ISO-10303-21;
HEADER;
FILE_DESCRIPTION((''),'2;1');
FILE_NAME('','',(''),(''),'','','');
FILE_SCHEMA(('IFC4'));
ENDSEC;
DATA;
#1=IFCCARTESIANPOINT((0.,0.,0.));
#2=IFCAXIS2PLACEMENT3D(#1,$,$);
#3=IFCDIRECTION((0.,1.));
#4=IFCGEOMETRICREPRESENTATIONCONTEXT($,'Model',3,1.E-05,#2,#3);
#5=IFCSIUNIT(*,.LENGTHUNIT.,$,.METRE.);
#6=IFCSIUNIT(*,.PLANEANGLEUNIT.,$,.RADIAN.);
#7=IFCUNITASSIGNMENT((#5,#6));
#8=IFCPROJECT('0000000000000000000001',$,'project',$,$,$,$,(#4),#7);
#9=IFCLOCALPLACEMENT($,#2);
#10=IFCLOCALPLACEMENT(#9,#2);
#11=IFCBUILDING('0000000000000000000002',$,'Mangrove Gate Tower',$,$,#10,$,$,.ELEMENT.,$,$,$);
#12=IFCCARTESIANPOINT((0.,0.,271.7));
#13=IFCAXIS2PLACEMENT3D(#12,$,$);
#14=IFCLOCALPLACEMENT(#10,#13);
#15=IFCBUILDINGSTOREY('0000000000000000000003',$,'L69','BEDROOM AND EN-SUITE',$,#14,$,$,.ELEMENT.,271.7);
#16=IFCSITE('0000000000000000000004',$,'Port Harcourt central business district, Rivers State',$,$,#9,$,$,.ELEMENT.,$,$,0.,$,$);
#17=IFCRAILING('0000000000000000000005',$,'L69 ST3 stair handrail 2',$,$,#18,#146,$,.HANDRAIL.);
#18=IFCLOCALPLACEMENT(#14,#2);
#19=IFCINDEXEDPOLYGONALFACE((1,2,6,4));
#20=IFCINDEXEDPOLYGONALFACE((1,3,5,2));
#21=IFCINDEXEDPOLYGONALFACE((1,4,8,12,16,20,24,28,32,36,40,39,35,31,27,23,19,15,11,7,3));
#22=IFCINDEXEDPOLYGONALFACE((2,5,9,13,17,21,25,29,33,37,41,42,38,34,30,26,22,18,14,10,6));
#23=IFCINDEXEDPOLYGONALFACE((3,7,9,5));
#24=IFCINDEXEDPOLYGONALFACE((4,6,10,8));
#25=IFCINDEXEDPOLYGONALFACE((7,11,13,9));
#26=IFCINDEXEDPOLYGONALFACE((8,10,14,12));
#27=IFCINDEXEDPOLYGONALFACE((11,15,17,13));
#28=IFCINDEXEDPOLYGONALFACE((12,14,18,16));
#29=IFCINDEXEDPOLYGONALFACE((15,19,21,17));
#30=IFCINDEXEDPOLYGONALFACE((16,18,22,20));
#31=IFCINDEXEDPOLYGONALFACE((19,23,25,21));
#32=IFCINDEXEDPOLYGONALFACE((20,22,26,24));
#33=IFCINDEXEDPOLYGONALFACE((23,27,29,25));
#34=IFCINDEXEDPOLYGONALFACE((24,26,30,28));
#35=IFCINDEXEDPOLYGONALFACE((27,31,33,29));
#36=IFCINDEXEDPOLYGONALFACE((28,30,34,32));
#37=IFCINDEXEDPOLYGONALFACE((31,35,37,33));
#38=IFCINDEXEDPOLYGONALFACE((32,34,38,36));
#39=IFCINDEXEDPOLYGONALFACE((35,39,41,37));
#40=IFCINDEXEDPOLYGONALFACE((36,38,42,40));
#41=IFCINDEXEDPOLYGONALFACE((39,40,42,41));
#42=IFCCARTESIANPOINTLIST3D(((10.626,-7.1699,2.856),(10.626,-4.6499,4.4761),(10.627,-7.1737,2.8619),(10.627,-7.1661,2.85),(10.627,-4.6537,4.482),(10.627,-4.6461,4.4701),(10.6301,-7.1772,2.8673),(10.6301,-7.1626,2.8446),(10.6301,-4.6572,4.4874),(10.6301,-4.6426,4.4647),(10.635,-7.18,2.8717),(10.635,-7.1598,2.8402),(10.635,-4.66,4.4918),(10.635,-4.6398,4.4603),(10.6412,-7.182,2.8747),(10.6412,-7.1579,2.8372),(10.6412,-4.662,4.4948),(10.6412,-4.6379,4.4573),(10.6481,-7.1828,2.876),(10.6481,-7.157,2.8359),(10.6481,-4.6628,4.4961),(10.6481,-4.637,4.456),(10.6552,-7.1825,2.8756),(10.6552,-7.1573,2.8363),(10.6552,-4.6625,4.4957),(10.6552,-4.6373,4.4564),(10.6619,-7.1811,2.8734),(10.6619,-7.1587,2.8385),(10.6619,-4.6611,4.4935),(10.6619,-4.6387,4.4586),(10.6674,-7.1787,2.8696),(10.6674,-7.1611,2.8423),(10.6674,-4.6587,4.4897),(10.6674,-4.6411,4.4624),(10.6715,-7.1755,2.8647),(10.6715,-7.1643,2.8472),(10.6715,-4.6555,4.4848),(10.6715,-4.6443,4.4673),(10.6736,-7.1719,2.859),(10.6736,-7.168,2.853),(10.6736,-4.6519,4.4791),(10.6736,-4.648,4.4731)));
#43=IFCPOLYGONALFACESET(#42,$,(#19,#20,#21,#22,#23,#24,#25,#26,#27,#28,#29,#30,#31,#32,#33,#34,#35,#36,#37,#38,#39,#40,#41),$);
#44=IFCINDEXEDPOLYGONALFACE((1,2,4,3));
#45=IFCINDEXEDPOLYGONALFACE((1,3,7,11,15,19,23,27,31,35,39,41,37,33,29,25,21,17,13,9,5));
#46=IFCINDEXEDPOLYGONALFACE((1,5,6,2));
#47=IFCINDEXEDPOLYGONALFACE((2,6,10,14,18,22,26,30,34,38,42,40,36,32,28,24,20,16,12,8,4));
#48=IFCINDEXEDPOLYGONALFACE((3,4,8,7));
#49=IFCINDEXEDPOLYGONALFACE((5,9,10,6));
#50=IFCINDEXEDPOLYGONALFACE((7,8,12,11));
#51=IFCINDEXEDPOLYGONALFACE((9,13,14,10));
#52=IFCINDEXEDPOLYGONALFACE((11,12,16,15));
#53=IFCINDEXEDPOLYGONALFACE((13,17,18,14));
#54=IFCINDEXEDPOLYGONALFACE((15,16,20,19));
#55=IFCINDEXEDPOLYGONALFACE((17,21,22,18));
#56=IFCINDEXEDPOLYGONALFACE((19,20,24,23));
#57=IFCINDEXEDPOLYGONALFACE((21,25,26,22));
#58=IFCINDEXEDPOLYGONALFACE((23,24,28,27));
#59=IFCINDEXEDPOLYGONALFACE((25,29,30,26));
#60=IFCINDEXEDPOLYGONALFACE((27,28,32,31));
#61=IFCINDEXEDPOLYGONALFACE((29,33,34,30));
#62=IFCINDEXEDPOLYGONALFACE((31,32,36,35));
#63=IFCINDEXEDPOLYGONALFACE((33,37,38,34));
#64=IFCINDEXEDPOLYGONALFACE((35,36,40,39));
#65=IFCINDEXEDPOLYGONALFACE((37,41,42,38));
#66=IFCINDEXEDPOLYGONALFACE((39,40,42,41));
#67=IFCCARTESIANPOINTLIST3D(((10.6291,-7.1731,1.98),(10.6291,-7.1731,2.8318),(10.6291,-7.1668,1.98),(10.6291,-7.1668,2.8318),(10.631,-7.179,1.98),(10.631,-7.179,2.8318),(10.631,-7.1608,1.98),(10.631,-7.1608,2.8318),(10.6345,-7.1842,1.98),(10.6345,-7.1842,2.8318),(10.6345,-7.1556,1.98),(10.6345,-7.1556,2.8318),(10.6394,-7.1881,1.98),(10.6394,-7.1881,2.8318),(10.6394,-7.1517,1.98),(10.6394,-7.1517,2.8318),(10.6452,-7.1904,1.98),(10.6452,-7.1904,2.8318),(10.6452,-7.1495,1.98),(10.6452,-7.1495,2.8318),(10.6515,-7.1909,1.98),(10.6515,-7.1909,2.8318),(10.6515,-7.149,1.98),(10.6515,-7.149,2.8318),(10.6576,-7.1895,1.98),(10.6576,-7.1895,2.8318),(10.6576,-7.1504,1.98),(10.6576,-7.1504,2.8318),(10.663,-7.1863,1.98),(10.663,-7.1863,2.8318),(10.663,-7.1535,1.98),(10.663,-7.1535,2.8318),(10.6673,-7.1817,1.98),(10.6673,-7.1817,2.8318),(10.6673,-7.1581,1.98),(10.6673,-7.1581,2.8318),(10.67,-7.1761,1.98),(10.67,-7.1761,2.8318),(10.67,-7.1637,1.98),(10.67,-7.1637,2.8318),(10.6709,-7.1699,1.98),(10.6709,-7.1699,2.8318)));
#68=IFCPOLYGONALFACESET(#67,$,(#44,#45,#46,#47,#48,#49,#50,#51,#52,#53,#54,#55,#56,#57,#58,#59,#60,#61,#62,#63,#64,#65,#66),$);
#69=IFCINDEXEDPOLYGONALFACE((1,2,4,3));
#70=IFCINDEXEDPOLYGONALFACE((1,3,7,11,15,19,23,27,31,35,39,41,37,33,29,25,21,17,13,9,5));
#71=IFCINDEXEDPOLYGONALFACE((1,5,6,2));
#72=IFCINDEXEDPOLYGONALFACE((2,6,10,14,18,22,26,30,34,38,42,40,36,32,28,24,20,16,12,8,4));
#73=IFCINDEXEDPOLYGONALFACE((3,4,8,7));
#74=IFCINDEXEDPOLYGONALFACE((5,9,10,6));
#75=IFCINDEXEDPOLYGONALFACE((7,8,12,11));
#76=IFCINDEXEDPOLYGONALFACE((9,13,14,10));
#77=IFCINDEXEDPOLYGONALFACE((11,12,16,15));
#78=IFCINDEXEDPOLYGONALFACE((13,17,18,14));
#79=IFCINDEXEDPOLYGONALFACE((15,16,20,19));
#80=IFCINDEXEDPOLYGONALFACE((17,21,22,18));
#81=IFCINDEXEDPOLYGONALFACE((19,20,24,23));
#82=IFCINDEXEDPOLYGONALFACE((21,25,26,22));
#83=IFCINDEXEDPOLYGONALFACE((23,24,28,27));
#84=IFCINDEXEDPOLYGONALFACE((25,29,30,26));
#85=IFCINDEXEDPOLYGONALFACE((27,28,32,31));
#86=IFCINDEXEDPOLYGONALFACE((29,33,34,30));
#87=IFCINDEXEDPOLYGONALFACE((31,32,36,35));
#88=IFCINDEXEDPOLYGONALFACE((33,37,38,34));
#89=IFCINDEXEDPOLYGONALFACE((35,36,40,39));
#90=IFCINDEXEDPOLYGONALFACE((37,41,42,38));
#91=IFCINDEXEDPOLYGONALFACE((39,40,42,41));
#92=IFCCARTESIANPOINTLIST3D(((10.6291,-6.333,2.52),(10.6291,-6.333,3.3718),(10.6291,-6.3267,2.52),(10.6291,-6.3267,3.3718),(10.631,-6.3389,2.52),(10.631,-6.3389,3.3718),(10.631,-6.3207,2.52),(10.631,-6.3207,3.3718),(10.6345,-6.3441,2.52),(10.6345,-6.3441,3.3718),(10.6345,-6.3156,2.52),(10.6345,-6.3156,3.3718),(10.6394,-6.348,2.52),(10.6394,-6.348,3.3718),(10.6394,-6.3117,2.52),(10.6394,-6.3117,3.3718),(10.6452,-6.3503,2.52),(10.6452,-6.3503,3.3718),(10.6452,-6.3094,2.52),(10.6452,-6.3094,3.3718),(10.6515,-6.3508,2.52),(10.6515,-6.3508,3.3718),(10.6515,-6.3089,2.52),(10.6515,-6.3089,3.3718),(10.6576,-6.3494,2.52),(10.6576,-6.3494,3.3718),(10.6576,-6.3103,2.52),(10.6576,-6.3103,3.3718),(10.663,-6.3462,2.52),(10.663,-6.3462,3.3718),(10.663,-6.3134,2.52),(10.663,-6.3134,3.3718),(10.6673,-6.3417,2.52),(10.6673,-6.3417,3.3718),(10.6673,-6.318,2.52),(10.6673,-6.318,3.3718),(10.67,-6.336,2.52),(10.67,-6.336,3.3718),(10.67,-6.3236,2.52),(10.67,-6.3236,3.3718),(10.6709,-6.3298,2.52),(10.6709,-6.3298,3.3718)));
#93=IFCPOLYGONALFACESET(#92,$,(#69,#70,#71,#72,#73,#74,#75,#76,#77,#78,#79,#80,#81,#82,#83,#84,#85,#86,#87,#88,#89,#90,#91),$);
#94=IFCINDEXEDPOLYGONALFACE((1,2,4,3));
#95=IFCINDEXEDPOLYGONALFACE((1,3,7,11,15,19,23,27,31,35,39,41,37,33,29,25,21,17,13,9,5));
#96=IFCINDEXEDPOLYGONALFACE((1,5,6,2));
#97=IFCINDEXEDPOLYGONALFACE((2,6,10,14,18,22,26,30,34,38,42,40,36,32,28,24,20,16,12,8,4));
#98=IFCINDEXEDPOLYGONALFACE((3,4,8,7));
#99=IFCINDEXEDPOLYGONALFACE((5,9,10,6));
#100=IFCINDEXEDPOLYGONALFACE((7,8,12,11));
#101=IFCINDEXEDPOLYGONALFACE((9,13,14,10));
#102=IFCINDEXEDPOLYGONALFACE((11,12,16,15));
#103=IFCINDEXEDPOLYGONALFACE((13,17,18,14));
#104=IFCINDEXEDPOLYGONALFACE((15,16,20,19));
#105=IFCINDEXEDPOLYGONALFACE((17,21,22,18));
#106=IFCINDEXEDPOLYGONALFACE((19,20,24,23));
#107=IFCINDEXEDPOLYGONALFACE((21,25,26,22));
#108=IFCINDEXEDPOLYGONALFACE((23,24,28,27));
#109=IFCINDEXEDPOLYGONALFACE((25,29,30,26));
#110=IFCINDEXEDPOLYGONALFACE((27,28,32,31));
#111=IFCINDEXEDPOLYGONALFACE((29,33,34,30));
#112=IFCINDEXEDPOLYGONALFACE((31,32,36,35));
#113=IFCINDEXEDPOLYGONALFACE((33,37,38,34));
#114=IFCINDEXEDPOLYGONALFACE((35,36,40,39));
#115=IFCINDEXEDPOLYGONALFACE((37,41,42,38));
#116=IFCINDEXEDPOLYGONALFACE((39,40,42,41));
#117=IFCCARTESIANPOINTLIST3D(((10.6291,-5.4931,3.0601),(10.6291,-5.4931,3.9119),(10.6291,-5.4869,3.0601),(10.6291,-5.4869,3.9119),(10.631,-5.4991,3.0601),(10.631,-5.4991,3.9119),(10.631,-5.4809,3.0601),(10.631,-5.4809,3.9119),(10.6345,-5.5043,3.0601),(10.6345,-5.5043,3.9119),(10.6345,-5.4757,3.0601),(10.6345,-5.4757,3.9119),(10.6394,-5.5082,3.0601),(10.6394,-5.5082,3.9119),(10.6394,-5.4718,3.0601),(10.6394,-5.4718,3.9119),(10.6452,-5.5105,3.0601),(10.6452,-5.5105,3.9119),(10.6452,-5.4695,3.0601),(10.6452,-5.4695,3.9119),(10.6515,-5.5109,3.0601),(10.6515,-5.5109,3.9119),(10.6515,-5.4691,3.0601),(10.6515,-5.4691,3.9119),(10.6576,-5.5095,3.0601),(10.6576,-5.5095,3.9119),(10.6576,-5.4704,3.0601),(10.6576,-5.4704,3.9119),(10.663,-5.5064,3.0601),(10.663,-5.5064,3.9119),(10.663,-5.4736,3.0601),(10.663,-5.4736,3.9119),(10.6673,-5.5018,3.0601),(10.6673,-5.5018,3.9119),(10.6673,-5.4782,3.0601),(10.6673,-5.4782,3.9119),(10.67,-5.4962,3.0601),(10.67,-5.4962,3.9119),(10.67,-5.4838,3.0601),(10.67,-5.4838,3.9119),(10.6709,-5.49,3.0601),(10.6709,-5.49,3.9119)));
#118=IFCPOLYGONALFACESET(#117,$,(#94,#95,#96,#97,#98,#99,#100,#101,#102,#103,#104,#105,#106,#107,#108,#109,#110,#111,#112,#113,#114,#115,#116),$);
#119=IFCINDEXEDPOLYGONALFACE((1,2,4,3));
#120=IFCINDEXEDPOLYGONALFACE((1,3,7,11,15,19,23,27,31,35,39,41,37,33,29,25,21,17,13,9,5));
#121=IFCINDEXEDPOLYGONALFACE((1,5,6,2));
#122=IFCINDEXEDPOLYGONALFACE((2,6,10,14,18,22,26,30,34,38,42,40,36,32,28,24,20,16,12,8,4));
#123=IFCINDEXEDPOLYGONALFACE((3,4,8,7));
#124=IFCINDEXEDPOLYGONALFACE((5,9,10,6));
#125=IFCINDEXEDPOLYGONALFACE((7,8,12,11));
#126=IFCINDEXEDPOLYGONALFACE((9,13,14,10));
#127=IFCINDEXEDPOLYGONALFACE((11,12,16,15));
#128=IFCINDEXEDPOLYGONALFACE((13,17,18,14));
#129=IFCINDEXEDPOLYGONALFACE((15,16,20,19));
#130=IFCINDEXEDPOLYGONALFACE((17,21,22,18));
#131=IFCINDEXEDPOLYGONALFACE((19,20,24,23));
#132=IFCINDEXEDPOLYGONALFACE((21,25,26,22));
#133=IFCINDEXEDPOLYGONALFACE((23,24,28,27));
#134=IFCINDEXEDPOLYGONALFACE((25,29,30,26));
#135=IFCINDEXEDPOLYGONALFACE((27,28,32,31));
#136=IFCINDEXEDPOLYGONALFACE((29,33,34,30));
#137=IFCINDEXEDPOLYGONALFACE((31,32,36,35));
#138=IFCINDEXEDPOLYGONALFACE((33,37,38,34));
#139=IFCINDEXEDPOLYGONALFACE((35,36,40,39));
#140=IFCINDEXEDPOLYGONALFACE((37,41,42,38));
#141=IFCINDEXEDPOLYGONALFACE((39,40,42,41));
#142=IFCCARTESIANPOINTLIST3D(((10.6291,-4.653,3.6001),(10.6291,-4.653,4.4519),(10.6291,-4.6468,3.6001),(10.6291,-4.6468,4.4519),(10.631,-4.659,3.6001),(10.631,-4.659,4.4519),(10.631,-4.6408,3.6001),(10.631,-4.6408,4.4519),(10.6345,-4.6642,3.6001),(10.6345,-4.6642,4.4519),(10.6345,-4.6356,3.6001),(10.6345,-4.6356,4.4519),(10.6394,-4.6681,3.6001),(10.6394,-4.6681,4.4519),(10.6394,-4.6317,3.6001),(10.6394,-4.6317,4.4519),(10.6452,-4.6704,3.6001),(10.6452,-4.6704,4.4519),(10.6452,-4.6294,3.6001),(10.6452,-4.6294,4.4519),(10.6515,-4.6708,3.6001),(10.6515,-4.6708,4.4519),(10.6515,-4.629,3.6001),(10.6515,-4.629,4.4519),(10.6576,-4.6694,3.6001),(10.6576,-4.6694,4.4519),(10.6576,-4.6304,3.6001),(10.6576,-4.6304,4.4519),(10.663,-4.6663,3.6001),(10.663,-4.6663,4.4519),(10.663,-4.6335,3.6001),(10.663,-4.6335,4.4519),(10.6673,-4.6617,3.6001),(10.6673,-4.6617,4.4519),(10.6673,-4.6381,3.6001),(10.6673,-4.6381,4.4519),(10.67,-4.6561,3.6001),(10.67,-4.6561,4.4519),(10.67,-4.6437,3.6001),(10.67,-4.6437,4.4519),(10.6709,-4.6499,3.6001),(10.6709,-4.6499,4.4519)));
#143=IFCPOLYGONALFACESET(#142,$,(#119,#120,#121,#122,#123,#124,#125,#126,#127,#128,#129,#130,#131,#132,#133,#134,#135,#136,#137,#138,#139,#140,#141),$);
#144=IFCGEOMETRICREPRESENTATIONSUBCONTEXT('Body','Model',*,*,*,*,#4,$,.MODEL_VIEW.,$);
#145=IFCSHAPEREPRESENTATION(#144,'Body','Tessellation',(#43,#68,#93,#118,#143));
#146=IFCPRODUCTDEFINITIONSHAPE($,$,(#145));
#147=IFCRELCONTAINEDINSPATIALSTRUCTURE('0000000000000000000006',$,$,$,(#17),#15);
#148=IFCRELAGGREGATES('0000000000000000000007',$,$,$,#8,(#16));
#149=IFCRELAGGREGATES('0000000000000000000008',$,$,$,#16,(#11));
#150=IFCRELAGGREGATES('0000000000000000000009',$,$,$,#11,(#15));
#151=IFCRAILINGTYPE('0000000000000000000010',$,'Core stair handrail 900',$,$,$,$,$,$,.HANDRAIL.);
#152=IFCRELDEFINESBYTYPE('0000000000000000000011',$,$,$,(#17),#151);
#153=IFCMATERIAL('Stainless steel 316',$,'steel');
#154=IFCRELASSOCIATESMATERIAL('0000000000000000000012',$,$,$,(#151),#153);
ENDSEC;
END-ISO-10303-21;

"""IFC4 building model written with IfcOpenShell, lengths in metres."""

from ifc_helpers import new_model, si_unit, direction, frame, origin, origin_2d, place, context, subcontext, project, spatial, circle, extrude, material, type_object, element, save


model = new_model("IFC4")

# Units and contexts
model_context = context("Model", 3, precision=1e-05, world=origin(), true_north=direction((0.0, 1.0)))
body_context = subcontext(model_context, "Body", "Model", "MODEL_VIEW")
ifc_project = project(units=[si_unit("LENGTHUNIT", "METRE"), si_unit("PLANEANGLEUNIT", "RADIAN")], contexts=[model_context])

# Site, building, storey
site_placement = place(None, origin())
site = spatial("IfcSite", under=ifc_project, at=site_placement, Name="Port Harcourt central business district, Rivers State", CompositionType="ELEMENT", RefElevation=0.0)
building_placement = place(site_placement, origin())
building = spatial("IfcBuilding", under=site, at=building_placement, Name="Mangrove Gate Tower", CompositionType="ELEMENT")
storey_placement = place(building_placement, frame((0.0, 0.0, 271.7)))
storey = spatial("IfcBuildingStorey", under=building, at=storey_placement, Name="L69", Description="BEDROOM AND EN-SUITE", CompositionType="ELEMENT", Elevation=271.7)

# Railing
ifc_material_1 = material(Name="Stainless steel 316", Category="steel")
railing_type_1 = type_object("IfcRailingType", Name="Core stair handrail 900", PredefinedType="HANDRAIL", material=ifc_material_1)
railing_1_placement = place(storey_placement, frame((10.6499, -7.1699, 1.98)))
element("IfcRailing", 1, at=railing_1_placement, inside=storey, type_object=railing_type_1, Name="L69 ST3 stair handrail 2", PredefinedType="HANDRAIL", context=body_context, shape_type="SweptSolid", body=[
    extrude(circle(Radius=0.0239, at=origin_2d()), frame((0.0, 0.0, 0.876), z_axis=(0.0, 0.841163, 0.540782), x_axis=(-1.0, 0.0, 0.0)), (0.0, 0.0, 1.0), 2.9958),
    extrude(circle(Radius=0.021, at=origin_2d()), origin(), (0.0, 0.0, 1.0), 0.8518),
    extrude(circle(Radius=0.021, at=origin_2d()), frame((0.0, 0.8401, 0.54)), (0.0, 0.0, 1.0), 0.8518),
    extrude(circle(Radius=0.021, at=origin_2d()), frame((0.0, 1.6799, 1.0801)), (0.0, 0.0, 1.0), 0.8518),
    extrude(circle(Radius=0.021, at=origin_2d()), frame((0.0, 2.52, 1.6201)), (0.0, 0.0, 1.0), 0.8518),
])

save(model, "model.ifc")
